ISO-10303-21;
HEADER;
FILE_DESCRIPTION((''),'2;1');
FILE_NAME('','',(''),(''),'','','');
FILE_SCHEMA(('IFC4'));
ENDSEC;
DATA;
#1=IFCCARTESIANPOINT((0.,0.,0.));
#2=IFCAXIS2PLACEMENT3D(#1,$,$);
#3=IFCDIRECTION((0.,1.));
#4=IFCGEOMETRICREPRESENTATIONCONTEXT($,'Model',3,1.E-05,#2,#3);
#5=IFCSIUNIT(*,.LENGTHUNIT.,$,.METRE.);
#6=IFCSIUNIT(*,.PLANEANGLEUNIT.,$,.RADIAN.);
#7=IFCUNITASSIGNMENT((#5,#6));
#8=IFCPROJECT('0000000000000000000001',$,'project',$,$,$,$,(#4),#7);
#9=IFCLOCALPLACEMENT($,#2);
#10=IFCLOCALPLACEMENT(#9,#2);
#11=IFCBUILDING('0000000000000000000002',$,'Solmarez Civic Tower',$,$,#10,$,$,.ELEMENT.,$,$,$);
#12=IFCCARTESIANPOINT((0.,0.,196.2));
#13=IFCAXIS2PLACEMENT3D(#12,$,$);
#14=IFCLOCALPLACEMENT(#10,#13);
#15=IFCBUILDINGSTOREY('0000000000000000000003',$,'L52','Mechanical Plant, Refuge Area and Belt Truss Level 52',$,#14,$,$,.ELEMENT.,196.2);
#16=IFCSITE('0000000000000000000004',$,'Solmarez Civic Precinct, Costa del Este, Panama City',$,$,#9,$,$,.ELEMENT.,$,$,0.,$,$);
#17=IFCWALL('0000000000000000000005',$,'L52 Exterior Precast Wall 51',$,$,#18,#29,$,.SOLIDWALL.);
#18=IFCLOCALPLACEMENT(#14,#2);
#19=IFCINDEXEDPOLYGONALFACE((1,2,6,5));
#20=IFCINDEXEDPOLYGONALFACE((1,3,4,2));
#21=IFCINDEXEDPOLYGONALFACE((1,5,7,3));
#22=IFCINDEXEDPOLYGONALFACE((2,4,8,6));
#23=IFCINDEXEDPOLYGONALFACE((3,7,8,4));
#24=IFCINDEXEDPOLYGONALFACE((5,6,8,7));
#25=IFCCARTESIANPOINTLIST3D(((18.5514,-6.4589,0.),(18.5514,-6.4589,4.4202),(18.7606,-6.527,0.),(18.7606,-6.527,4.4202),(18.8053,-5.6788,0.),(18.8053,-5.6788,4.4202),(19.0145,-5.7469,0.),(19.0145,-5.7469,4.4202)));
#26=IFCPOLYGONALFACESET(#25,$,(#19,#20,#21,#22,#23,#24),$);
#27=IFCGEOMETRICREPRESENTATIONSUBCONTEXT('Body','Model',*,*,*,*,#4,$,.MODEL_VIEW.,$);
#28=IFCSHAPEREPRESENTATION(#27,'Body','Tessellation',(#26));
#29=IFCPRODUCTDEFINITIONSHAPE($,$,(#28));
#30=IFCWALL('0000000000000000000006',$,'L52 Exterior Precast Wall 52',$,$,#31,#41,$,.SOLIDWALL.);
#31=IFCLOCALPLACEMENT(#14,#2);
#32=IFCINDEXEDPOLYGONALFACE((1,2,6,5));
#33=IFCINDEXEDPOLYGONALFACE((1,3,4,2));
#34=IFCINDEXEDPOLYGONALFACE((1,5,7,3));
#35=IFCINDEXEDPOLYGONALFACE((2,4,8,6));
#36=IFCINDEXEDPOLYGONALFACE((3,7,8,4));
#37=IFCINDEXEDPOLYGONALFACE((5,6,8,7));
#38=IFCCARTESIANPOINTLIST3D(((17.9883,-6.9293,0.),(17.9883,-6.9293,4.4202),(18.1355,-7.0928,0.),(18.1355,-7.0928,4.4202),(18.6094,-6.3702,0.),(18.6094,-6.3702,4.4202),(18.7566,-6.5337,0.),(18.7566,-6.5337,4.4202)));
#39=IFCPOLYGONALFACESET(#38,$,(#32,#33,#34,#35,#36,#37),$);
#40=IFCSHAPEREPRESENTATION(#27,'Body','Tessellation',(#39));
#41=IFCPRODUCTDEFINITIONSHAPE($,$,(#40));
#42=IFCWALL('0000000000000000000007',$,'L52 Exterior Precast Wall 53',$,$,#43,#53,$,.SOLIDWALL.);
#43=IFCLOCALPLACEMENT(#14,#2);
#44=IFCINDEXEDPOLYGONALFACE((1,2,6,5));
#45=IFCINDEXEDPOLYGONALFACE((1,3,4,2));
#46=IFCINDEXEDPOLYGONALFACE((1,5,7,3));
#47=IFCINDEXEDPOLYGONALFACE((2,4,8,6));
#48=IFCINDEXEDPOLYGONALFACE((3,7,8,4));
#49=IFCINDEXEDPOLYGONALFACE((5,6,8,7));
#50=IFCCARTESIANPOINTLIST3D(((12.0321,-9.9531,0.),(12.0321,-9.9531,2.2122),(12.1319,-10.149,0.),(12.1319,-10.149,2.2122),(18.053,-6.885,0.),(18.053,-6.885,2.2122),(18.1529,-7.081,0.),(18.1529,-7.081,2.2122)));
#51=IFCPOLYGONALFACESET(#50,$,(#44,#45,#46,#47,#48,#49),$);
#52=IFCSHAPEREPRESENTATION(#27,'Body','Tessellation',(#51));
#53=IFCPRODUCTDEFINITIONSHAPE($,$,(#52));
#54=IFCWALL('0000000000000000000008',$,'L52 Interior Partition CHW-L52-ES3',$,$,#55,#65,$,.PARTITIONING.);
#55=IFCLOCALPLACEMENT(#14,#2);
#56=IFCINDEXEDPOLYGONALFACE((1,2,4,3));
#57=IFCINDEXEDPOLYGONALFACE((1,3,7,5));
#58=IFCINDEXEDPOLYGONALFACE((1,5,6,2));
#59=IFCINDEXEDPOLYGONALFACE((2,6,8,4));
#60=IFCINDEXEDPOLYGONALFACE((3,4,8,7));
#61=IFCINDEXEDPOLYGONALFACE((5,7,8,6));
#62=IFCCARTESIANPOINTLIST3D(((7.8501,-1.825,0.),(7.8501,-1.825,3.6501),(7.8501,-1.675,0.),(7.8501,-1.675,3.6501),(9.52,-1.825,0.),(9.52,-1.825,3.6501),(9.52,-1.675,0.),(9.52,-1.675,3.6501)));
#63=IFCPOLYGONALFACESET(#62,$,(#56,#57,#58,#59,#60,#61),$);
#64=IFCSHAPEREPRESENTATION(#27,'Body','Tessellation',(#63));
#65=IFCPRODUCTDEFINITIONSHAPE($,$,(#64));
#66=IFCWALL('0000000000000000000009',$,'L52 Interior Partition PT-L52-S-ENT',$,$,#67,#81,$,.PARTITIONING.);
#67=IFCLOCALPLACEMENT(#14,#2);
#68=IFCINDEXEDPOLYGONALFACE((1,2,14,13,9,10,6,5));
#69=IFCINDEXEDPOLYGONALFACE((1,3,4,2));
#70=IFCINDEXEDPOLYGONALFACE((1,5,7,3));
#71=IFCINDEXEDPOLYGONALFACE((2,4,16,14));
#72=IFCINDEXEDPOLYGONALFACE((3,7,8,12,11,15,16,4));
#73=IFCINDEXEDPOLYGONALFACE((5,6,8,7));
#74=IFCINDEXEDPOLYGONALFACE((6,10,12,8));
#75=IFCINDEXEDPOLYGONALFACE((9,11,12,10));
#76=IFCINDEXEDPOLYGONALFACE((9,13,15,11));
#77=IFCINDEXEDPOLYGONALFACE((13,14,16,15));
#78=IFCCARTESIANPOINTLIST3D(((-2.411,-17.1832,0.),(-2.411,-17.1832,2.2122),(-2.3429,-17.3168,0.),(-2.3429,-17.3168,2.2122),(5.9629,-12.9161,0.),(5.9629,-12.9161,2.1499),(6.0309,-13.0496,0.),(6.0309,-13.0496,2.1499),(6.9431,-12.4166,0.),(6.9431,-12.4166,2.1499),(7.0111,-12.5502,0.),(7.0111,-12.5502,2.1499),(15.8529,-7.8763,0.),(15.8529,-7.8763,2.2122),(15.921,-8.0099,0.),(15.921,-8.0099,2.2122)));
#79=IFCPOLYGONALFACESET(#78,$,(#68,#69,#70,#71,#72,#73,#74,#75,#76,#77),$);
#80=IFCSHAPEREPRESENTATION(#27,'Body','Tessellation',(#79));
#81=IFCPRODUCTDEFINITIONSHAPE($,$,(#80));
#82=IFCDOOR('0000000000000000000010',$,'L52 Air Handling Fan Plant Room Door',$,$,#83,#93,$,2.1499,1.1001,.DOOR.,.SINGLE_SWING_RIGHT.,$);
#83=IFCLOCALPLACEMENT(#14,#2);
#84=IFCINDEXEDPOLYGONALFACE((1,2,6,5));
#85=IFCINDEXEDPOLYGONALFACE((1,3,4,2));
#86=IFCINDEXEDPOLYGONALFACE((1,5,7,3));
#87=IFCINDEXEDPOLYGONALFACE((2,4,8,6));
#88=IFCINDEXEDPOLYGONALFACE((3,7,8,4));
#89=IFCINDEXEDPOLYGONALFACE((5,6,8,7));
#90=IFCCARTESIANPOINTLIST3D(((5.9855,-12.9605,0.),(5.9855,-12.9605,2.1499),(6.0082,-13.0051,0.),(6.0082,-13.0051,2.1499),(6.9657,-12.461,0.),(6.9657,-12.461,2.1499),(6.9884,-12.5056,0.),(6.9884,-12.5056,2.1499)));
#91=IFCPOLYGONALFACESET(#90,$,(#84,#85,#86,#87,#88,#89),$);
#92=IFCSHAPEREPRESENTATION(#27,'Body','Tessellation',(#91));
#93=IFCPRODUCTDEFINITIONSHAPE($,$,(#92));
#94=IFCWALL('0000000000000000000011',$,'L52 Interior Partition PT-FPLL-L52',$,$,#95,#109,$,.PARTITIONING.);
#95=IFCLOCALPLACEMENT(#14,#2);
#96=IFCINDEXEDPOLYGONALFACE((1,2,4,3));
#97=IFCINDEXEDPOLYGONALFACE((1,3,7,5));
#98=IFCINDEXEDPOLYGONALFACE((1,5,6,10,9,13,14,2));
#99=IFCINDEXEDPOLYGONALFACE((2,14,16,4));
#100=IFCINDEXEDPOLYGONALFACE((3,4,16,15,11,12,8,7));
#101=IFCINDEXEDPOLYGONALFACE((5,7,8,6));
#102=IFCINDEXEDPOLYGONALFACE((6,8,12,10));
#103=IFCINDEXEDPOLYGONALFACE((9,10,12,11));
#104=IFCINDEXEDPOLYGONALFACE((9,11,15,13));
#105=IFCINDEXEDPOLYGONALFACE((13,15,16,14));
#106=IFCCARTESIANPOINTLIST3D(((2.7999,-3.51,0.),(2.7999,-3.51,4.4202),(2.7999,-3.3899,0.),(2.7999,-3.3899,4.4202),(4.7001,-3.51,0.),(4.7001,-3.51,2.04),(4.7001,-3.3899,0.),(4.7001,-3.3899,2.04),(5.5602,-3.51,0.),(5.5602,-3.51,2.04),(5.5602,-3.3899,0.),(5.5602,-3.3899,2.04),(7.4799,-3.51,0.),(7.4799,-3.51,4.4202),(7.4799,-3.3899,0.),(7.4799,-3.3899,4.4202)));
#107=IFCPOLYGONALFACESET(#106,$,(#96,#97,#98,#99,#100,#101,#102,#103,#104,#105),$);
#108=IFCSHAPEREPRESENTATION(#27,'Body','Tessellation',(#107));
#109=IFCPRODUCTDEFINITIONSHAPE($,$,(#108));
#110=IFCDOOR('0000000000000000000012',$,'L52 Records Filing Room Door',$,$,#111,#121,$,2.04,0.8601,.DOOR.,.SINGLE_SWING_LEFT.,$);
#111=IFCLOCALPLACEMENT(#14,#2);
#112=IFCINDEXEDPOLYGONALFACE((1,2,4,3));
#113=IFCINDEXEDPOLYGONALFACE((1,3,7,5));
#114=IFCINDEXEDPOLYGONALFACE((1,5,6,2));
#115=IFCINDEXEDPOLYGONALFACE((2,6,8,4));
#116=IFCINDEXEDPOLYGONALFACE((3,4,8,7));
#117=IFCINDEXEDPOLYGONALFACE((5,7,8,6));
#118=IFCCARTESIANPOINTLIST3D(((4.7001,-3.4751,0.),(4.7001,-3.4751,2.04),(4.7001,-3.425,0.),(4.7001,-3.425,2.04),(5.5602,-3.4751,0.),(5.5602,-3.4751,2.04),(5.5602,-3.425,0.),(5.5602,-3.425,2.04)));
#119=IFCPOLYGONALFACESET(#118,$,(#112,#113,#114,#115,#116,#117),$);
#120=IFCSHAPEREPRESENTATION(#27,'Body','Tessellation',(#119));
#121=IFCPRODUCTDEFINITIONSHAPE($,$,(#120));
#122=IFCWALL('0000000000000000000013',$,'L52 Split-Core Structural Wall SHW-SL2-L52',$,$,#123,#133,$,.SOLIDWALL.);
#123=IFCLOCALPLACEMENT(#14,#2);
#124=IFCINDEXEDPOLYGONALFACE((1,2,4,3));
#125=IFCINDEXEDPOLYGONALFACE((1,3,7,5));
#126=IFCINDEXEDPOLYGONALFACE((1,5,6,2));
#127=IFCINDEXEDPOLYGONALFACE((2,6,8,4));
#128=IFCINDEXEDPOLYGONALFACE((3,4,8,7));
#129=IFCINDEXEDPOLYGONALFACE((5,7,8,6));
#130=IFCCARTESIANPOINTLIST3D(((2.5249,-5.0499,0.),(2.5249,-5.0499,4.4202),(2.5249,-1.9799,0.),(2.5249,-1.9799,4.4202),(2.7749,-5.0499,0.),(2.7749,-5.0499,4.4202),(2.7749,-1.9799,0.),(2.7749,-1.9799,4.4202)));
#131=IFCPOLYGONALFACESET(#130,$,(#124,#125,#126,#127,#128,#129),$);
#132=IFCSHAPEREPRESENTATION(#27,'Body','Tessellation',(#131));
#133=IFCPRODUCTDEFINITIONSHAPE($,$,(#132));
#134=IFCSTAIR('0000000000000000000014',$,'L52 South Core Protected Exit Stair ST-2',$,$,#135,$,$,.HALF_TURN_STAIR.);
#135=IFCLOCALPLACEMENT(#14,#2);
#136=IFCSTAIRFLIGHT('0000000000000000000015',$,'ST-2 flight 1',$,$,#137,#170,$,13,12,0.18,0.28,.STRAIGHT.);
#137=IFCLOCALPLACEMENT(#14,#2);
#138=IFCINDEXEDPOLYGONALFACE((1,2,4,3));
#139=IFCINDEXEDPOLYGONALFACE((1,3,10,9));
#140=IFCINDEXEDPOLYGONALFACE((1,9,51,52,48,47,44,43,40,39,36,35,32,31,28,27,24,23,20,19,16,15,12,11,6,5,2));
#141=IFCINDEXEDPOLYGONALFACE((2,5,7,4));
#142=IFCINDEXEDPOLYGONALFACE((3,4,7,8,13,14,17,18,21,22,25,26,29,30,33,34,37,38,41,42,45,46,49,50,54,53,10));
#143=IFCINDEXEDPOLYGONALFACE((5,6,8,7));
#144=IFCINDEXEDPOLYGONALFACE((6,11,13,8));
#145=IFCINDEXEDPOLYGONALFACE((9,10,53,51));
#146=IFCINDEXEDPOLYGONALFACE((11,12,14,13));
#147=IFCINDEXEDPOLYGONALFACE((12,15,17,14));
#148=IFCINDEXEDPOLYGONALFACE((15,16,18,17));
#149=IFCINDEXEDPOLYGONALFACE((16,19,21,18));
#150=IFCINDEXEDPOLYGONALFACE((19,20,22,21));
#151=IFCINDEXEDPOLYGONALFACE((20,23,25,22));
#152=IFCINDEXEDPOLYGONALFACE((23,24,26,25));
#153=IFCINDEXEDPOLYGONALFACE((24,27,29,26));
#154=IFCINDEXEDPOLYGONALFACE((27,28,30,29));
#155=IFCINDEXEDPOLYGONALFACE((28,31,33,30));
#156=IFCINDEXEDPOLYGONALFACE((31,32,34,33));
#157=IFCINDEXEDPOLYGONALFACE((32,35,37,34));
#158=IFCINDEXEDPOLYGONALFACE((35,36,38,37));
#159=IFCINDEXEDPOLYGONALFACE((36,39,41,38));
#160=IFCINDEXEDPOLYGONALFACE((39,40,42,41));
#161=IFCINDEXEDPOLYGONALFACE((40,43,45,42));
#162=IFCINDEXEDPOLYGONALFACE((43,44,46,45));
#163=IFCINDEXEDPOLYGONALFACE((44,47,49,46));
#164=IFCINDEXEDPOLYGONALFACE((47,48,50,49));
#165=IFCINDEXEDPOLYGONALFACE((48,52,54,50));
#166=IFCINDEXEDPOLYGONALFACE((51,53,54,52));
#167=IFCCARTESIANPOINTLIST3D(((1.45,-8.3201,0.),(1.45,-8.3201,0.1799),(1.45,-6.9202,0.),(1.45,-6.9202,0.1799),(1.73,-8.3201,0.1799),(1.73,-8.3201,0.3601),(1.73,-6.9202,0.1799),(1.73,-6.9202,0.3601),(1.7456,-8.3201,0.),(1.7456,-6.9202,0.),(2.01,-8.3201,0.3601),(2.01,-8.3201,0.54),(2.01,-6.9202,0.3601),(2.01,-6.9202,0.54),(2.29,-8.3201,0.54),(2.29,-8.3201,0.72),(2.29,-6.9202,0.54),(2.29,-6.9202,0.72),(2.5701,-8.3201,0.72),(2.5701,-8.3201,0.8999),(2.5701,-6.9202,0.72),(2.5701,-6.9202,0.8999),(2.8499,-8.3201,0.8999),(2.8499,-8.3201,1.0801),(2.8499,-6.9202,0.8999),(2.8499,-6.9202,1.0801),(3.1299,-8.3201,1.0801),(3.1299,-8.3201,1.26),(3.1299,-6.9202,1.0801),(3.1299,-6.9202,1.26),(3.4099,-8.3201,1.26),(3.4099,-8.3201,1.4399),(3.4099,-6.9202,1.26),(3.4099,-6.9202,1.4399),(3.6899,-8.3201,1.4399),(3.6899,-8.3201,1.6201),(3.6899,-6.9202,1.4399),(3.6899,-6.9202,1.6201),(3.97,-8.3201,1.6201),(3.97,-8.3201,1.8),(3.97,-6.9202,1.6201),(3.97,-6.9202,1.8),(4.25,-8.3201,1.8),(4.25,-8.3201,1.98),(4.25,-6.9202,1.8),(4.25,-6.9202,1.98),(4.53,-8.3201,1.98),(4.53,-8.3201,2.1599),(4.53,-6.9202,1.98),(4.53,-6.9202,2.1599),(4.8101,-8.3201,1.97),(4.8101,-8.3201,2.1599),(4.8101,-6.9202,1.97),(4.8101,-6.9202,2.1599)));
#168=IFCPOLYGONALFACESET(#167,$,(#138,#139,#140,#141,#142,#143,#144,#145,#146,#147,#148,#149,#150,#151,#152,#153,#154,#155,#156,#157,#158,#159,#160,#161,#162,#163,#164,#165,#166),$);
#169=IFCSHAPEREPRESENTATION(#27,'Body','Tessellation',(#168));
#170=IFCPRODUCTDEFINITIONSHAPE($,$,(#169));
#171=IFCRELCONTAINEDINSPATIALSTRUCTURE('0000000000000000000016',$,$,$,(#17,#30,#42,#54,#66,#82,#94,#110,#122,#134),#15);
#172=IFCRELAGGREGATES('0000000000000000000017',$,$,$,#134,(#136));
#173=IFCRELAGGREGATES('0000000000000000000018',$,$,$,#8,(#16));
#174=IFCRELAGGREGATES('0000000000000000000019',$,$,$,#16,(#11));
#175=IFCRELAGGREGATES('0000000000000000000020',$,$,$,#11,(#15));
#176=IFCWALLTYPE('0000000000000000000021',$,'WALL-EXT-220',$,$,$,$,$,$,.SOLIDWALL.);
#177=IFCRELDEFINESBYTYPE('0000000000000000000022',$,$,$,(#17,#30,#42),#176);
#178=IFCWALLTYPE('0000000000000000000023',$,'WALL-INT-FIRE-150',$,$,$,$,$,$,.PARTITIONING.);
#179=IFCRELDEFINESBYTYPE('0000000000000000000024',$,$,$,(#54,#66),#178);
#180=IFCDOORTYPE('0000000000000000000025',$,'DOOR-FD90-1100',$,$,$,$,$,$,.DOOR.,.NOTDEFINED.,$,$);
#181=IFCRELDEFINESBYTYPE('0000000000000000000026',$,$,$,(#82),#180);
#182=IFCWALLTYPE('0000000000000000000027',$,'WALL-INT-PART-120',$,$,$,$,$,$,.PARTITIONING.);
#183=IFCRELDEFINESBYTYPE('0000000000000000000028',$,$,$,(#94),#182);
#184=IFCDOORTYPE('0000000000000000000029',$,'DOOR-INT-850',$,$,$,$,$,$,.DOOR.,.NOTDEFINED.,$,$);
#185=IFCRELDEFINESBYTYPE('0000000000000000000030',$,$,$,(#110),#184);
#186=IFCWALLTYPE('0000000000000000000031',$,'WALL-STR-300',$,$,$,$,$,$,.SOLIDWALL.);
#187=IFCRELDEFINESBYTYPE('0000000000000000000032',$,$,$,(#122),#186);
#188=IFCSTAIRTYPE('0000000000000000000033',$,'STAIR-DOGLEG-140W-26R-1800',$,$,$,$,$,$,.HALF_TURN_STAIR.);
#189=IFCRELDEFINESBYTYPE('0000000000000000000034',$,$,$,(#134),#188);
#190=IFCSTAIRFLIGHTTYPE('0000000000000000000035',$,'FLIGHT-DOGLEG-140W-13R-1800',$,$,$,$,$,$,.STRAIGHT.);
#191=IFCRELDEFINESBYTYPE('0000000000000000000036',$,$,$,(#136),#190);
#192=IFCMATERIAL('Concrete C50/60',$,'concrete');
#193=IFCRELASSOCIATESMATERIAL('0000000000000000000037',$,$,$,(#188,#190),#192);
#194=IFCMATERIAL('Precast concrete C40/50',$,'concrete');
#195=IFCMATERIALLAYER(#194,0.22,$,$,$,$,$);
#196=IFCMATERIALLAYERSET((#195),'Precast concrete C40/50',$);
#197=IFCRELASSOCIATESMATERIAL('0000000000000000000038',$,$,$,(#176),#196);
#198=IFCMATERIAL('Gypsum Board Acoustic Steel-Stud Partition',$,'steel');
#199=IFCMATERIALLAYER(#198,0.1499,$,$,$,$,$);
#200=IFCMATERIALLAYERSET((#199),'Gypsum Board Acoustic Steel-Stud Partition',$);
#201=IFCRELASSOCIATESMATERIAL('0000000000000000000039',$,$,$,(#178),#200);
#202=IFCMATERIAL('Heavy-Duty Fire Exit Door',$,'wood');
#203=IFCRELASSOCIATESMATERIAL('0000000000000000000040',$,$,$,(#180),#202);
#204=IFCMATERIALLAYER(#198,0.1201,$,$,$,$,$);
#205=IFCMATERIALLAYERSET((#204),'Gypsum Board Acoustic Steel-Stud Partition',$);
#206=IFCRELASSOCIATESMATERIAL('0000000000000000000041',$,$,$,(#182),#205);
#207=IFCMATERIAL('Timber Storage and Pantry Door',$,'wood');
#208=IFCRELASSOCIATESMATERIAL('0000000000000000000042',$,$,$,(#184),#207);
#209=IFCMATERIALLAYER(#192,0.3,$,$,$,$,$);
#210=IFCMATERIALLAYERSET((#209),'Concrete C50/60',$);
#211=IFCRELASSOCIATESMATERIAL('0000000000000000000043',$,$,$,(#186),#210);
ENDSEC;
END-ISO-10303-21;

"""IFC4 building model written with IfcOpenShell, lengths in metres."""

from ifc_helpers import new_model, si_unit, direction, frame, frame_2d, origin, place, context, subcontext, project, spatial, polyline, rectangle, outline, extrude, material, layer, layer_set, type_object, element, fill, aggregate, save


model = new_model("IFC4")

# Units and contexts
model_context = context("Model", 3, precision=1e-05, world=origin(), true_north=direction((0.0, 1.0)))
body_context = subcontext(model_context, "Body", "Model", "MODEL_VIEW")
ifc_project = project(units=[si_unit("LENGTHUNIT", "METRE"), si_unit("PLANEANGLEUNIT", "RADIAN")], contexts=[model_context])

# Site, building, storey
site_placement = place(None, origin())
site = spatial("IfcSite", under=ifc_project, at=site_placement, Name="Solmarez Civic Precinct, Costa del Este, Panama City", CompositionType="ELEMENT", RefElevation=0.0)
building_placement = place(site_placement, origin())
building = spatial("IfcBuilding", under=site, at=building_placement, Name="Solmarez Civic Tower", CompositionType="ELEMENT")
storey_placement = place(building_placement, frame((0.0, 0.0, 196.2)))
storey = spatial("IfcBuildingStorey", under=building, at=storey_placement, Name="L52", Description="Mechanical Plant, Refuge Area and Belt Truss Level 52", CompositionType="ELEMENT", Elevation=196.2)

# Shared definitions
ifc_material_1 = material(Name="Concrete C50/60", Category="concrete")

# Shared definitions
stair_type = type_object("IfcStairType", Name="STAIR-DOGLEG-140W-26R-1800", PredefinedType="HALF_TURN_STAIR", material=ifc_material_1)

# Walls
ifc_material_2 = material(Name="Precast concrete C40/50", Category="concrete")
ifc_layer_1 = layer(ifc_material_2, 0.22)
ifc_layer_set_1 = layer_set([ifc_layer_1], Name="Precast concrete C40/50")
wall_type_1 = type_object("IfcWallType", Name="WALL-EXT-220", PredefinedType="SOLIDWALL", material=ifc_layer_set_1)
wall_1_placement = place(storey_placement, frame((18.9099, -5.7129, 0.0), z_axis=(0.0, 0.0, 1.0), x_axis=(-0.309523, -0.950892, 0.0)))
element("IfcWall", 1, at=wall_1_placement, inside=storey, type_object=wall_type_1, Name="L52 Exterior Precast Wall 51", PredefinedType="SOLIDWALL", context=body_context, shape_type="SweptSolid", body=[
    extrude(rectangle(XDim=0.8203, YDim=0.22, at=frame_2d((0.4102, 0.0))), origin(), (0.0, 0.0, 1.0), 4.4202),
])
wall_2_placement = place(storey_placement, frame((18.6831, -6.4519, 0.0), z_axis=(0.0, 0.0, 1.0), x_axis=(-0.743236, -0.669029, 0.0)))
element("IfcWall", 2, at=wall_2_placement, inside=storey, type_object=wall_type_1, Name="L52 Exterior Precast Wall 52", PredefinedType="SOLIDWALL", context=body_context, shape_type="SweptSolid", body=[
    extrude(rectangle(XDim=0.8357, YDim=0.22, at=frame_2d((0.418, 0.0))), origin(), (0.0, 0.0, 1.0), 4.4202),
])
wall_3_placement = place(storey_placement, frame((18.103, -6.9829, 0.0), z_axis=(0.0, 0.0, 1.0), x_axis=(-0.890991, -0.454022, 0.0)))
element("IfcWall", 3, at=wall_3_placement, inside=storey, type_object=wall_type_1, Name="L52 Exterior Precast Wall 53", PredefinedType="SOLIDWALL", context=body_context, shape_type="SweptSolid", body=[
    extrude(rectangle(XDim=6.7576, YDim=0.22, at=frame_2d((3.3789, 0.0))), origin(), (0.0, 0.0, 1.0), 2.2122),
])
ifc_material_3 = material(Name="Gypsum Board Acoustic Steel-Stud Partition", Category="steel")
ifc_layer_2 = layer(ifc_material_3, 0.1499)
ifc_layer_set_2 = layer_set([ifc_layer_2], Name="Gypsum Board Acoustic Steel-Stud Partition")
wall_type_2 = type_object("IfcWallType", Name="WALL-INT-FIRE-150", PredefinedType="PARTITIONING", material=ifc_layer_set_2)
wall_4_placement = place(storey_placement, frame((7.8501, -1.75, 0.0), z_axis=(0.0, 0.0, 1.0), x_axis=(1.0, 0.0, 0.0)))
element("IfcWall", 4, at=wall_4_placement, inside=storey, type_object=wall_type_2, Name="L52 Interior Partition CHW-L52-ES3", PredefinedType="PARTITIONING", context=body_context, shape_type="SweptSolid", body=[
    extrude(rectangle(XDim=1.6699, YDim=0.1499, at=frame_2d((0.835, 0.0))), origin(), (0.0, 0.0, 1.0), 3.6501),
])

# Walls, openings, doors
wall_5_placement = place(storey_placement, frame((15.887, -7.9431, 0.0), z_axis=(0.0, 0.0, 1.0), x_axis=(-0.890988, -0.454027, 0.0)))
wall_5 = element("IfcWall", 5, at=wall_5_placement, inside=storey, type_object=wall_type_2, Name="L52 Interior Partition PT-L52-S-ENT", PredefinedType="PARTITIONING", context=body_context, shape_type="SweptSolid", body=[
    extrude(rectangle(XDim=20.4985, YDim=0.1499, at=frame_2d((10.2493, 0.0))), origin(), (0.0, 0.0, 1.0), 2.2122),
])
opening_1_placement = place(wall_5_placement, frame((10.0, 0.0, 0.0)))
opening_1 = element("IfcOpeningElement", 6, at=opening_1_placement, cuts=wall_5, PredefinedType="OPENING", context=body_context, shape_type="SweptSolid", body=[
    extrude(rectangle(XDim=1.1001, YDim=2.1499, at=frame_2d((0.55, 1.075))), frame((0.0, 0.085, 0.0), z_axis=(0.0, -1.0, 0.0), x_axis=(1.0, 0.0, 0.0)), (0.0, 0.0, 1.0), 0.1699),
])
ifc_material_4 = material(Name="Heavy-Duty Fire Exit Door", Category="wood")
door_type_1 = type_object("IfcDoorType", Name="DOOR-FD90-1100", OperationType="NOTDEFINED", PredefinedType="DOOR", material=ifc_material_4)
door_1_placement = place(opening_1_placement, origin())
door_1 = element("IfcDoor", 7, at=door_1_placement, inside=storey, type_object=door_type_1, Name="L52 Air Handling Fan Plant Room Door", OperationType="SINGLE_SWING_RIGHT", OverallHeight=2.1499, OverallWidth=1.1001, PredefinedType="DOOR", context=body_context, shape_type="SweptSolid", body=[
    extrude(rectangle(XDim=1.1001, YDim=2.1499, at=frame_2d((0.55, 1.075))), frame((0.0, 0.0249, 0.0), z_axis=(0.0, -1.0, 0.0), x_axis=(1.0, 0.0, 0.0)), (0.0, 0.0, 1.0), 0.05),
])
fill(opening_1, door_1)
ifc_layer_3 = layer(ifc_material_3, 0.1201)
ifc_layer_set_3 = layer_set([ifc_layer_3], Name="Gypsum Board Acoustic Steel-Stud Partition")
wall_type_3 = type_object("IfcWallType", Name="WALL-INT-PART-120", PredefinedType="PARTITIONING", material=ifc_layer_set_3)
wall_6_placement = place(storey_placement, frame((2.8, -3.45, 0.0), z_axis=(0.0, 0.0, 1.0), x_axis=(1.0, 0.0, 0.0)))
wall_6 = element("IfcWall", 8, at=wall_6_placement, inside=storey, type_object=wall_type_3, Name="L52 Interior Partition PT-FPLL-L52", PredefinedType="PARTITIONING", context=body_context, shape_type="SweptSolid", body=[
    extrude(rectangle(XDim=4.6799, YDim=0.1201, at=frame_2d((2.3398, 0.0))), origin(), (0.0, 0.0, 1.0), 4.4202),
])
opening_2_placement = place(wall_6_placement, frame((1.8999, 0.0, 0.0)))
opening_2 = element("IfcOpeningElement", 9, at=opening_2_placement, cuts=wall_6, PredefinedType="OPENING", context=body_context, shape_type="SweptSolid", body=[
    extrude(rectangle(XDim=0.8601, YDim=2.04, at=frame_2d((0.4302, 1.02))), frame((0.0, 0.0701, 0.0), z_axis=(0.0, -1.0, 0.0), x_axis=(1.0, 0.0, 0.0)), (0.0, 0.0, 1.0), 0.1401),
])
ifc_material_5 = material(Name="Timber Storage and Pantry Door", Category="wood")
door_type_2 = type_object("IfcDoorType", Name="DOOR-INT-850", OperationType="NOTDEFINED", PredefinedType="DOOR", material=ifc_material_5)
door_2_placement = place(opening_2_placement, origin())
door_2 = element("IfcDoor", 10, at=door_2_placement, inside=storey, type_object=door_type_2, Name="L52 Records Filing Room Door", OperationType="SINGLE_SWING_LEFT", OverallHeight=2.04, OverallWidth=0.8601, PredefinedType="DOOR", context=body_context, shape_type="SweptSolid", body=[
    extrude(rectangle(XDim=0.8601, YDim=2.04, at=frame_2d((0.4302, 1.02))), frame((0.0, 0.0249, 0.0), z_axis=(0.0, -1.0, 0.0), x_axis=(1.0, 0.0, 0.0)), (0.0, 0.0, 1.0), 0.05),
])
fill(opening_2, door_2)

# Wall
ifc_layer_4 = layer(ifc_material_1, 0.3)
ifc_layer_set_4 = layer_set([ifc_layer_4], Name="Concrete C50/60")
wall_type_4 = type_object("IfcWallType", Name="WALL-STR-300", PredefinedType="SOLIDWALL", material=ifc_layer_set_4)
wall_7_placement = place(storey_placement, frame((2.6499, -5.05, 0.0), z_axis=(0.0, 0.0, 1.0), x_axis=(0.0, 1.0, 0.0)))
element("IfcWall", 11, at=wall_7_placement, inside=storey, type_object=wall_type_4, Name="L52 Split-Core Structural Wall SHW-SL2-L52", PredefinedType="SOLIDWALL", context=body_context, shape_type="SweptSolid", body=[
    extrude(rectangle(XDim=3.0701, YDim=0.25, at=frame_2d((1.5352, 0.0))), origin(), (0.0, 0.0, 1.0), 4.4202),
])

# Stair, stair flight
stair_1_placement = place(storey_placement, origin())
stair_1 = element("IfcStair", 12, at=stair_1_placement, inside=storey, type_object=stair_type, Name="L52 South Core Protected Exit Stair ST-2", PredefinedType="HALF_TURN_STAIR")
stair_flight_type = type_object("IfcStairFlightType", Name="FLIGHT-DOGLEG-140W-13R-1800", PredefinedType="STRAIGHT", material=ifc_material_1)
stair_flight_1_placement = place(storey_placement, frame((1.45, -7.6201, 0.0), z_axis=(0.0, 0.0, 1.0), x_axis=(1.0, 0.0, 0.0)))
stair_flight_1 = element("IfcStairFlight", 13, at=stair_flight_1_placement, type_object=stair_flight_type, Name="ST-2 flight 1", NumberOfRisers=13, NumberOfTreads=12, PredefinedType="STRAIGHT", RiserHeight=0.18, TreadLength=0.28, context=body_context, shape_type="SweptSolid", body=[
    extrude(outline(polyline([(0.0, 0.0), (0.0, 0.1799), (0.28, 0.1799), (0.28, 0.3601), (0.5601, 0.3601), (0.5601, 0.54), (0.8401, 0.54), (0.8401, 0.72), (1.1201, 0.72), (1.1201, 0.8999), (1.3999, 0.8999), (1.3999, 1.0801), (1.6799, 1.0801), (1.6799, 1.26), (1.96, 1.26), (1.96, 1.4399), (2.24, 1.4399), (2.24, 1.6201), (2.52, 1.6201), (2.52, 1.8), (2.8, 1.8), (2.8, 1.98), (3.0801, 1.98), (3.0801, 2.1599), (3.3601, 2.1599), (3.3601, 2.3401), (3.3601, 1.97), (0.2957, 0.0), (0.0, 0.0)])), frame((0.0, 0.7, 0.0), z_axis=(0.0, -1.0, 0.0), x_axis=(1.0, 0.0, 0.0)), (0.0, 0.0, 1.0), 1.3999),
])
aggregate(stair_1, [stair_flight_1])

save(model, "model.ifc")
